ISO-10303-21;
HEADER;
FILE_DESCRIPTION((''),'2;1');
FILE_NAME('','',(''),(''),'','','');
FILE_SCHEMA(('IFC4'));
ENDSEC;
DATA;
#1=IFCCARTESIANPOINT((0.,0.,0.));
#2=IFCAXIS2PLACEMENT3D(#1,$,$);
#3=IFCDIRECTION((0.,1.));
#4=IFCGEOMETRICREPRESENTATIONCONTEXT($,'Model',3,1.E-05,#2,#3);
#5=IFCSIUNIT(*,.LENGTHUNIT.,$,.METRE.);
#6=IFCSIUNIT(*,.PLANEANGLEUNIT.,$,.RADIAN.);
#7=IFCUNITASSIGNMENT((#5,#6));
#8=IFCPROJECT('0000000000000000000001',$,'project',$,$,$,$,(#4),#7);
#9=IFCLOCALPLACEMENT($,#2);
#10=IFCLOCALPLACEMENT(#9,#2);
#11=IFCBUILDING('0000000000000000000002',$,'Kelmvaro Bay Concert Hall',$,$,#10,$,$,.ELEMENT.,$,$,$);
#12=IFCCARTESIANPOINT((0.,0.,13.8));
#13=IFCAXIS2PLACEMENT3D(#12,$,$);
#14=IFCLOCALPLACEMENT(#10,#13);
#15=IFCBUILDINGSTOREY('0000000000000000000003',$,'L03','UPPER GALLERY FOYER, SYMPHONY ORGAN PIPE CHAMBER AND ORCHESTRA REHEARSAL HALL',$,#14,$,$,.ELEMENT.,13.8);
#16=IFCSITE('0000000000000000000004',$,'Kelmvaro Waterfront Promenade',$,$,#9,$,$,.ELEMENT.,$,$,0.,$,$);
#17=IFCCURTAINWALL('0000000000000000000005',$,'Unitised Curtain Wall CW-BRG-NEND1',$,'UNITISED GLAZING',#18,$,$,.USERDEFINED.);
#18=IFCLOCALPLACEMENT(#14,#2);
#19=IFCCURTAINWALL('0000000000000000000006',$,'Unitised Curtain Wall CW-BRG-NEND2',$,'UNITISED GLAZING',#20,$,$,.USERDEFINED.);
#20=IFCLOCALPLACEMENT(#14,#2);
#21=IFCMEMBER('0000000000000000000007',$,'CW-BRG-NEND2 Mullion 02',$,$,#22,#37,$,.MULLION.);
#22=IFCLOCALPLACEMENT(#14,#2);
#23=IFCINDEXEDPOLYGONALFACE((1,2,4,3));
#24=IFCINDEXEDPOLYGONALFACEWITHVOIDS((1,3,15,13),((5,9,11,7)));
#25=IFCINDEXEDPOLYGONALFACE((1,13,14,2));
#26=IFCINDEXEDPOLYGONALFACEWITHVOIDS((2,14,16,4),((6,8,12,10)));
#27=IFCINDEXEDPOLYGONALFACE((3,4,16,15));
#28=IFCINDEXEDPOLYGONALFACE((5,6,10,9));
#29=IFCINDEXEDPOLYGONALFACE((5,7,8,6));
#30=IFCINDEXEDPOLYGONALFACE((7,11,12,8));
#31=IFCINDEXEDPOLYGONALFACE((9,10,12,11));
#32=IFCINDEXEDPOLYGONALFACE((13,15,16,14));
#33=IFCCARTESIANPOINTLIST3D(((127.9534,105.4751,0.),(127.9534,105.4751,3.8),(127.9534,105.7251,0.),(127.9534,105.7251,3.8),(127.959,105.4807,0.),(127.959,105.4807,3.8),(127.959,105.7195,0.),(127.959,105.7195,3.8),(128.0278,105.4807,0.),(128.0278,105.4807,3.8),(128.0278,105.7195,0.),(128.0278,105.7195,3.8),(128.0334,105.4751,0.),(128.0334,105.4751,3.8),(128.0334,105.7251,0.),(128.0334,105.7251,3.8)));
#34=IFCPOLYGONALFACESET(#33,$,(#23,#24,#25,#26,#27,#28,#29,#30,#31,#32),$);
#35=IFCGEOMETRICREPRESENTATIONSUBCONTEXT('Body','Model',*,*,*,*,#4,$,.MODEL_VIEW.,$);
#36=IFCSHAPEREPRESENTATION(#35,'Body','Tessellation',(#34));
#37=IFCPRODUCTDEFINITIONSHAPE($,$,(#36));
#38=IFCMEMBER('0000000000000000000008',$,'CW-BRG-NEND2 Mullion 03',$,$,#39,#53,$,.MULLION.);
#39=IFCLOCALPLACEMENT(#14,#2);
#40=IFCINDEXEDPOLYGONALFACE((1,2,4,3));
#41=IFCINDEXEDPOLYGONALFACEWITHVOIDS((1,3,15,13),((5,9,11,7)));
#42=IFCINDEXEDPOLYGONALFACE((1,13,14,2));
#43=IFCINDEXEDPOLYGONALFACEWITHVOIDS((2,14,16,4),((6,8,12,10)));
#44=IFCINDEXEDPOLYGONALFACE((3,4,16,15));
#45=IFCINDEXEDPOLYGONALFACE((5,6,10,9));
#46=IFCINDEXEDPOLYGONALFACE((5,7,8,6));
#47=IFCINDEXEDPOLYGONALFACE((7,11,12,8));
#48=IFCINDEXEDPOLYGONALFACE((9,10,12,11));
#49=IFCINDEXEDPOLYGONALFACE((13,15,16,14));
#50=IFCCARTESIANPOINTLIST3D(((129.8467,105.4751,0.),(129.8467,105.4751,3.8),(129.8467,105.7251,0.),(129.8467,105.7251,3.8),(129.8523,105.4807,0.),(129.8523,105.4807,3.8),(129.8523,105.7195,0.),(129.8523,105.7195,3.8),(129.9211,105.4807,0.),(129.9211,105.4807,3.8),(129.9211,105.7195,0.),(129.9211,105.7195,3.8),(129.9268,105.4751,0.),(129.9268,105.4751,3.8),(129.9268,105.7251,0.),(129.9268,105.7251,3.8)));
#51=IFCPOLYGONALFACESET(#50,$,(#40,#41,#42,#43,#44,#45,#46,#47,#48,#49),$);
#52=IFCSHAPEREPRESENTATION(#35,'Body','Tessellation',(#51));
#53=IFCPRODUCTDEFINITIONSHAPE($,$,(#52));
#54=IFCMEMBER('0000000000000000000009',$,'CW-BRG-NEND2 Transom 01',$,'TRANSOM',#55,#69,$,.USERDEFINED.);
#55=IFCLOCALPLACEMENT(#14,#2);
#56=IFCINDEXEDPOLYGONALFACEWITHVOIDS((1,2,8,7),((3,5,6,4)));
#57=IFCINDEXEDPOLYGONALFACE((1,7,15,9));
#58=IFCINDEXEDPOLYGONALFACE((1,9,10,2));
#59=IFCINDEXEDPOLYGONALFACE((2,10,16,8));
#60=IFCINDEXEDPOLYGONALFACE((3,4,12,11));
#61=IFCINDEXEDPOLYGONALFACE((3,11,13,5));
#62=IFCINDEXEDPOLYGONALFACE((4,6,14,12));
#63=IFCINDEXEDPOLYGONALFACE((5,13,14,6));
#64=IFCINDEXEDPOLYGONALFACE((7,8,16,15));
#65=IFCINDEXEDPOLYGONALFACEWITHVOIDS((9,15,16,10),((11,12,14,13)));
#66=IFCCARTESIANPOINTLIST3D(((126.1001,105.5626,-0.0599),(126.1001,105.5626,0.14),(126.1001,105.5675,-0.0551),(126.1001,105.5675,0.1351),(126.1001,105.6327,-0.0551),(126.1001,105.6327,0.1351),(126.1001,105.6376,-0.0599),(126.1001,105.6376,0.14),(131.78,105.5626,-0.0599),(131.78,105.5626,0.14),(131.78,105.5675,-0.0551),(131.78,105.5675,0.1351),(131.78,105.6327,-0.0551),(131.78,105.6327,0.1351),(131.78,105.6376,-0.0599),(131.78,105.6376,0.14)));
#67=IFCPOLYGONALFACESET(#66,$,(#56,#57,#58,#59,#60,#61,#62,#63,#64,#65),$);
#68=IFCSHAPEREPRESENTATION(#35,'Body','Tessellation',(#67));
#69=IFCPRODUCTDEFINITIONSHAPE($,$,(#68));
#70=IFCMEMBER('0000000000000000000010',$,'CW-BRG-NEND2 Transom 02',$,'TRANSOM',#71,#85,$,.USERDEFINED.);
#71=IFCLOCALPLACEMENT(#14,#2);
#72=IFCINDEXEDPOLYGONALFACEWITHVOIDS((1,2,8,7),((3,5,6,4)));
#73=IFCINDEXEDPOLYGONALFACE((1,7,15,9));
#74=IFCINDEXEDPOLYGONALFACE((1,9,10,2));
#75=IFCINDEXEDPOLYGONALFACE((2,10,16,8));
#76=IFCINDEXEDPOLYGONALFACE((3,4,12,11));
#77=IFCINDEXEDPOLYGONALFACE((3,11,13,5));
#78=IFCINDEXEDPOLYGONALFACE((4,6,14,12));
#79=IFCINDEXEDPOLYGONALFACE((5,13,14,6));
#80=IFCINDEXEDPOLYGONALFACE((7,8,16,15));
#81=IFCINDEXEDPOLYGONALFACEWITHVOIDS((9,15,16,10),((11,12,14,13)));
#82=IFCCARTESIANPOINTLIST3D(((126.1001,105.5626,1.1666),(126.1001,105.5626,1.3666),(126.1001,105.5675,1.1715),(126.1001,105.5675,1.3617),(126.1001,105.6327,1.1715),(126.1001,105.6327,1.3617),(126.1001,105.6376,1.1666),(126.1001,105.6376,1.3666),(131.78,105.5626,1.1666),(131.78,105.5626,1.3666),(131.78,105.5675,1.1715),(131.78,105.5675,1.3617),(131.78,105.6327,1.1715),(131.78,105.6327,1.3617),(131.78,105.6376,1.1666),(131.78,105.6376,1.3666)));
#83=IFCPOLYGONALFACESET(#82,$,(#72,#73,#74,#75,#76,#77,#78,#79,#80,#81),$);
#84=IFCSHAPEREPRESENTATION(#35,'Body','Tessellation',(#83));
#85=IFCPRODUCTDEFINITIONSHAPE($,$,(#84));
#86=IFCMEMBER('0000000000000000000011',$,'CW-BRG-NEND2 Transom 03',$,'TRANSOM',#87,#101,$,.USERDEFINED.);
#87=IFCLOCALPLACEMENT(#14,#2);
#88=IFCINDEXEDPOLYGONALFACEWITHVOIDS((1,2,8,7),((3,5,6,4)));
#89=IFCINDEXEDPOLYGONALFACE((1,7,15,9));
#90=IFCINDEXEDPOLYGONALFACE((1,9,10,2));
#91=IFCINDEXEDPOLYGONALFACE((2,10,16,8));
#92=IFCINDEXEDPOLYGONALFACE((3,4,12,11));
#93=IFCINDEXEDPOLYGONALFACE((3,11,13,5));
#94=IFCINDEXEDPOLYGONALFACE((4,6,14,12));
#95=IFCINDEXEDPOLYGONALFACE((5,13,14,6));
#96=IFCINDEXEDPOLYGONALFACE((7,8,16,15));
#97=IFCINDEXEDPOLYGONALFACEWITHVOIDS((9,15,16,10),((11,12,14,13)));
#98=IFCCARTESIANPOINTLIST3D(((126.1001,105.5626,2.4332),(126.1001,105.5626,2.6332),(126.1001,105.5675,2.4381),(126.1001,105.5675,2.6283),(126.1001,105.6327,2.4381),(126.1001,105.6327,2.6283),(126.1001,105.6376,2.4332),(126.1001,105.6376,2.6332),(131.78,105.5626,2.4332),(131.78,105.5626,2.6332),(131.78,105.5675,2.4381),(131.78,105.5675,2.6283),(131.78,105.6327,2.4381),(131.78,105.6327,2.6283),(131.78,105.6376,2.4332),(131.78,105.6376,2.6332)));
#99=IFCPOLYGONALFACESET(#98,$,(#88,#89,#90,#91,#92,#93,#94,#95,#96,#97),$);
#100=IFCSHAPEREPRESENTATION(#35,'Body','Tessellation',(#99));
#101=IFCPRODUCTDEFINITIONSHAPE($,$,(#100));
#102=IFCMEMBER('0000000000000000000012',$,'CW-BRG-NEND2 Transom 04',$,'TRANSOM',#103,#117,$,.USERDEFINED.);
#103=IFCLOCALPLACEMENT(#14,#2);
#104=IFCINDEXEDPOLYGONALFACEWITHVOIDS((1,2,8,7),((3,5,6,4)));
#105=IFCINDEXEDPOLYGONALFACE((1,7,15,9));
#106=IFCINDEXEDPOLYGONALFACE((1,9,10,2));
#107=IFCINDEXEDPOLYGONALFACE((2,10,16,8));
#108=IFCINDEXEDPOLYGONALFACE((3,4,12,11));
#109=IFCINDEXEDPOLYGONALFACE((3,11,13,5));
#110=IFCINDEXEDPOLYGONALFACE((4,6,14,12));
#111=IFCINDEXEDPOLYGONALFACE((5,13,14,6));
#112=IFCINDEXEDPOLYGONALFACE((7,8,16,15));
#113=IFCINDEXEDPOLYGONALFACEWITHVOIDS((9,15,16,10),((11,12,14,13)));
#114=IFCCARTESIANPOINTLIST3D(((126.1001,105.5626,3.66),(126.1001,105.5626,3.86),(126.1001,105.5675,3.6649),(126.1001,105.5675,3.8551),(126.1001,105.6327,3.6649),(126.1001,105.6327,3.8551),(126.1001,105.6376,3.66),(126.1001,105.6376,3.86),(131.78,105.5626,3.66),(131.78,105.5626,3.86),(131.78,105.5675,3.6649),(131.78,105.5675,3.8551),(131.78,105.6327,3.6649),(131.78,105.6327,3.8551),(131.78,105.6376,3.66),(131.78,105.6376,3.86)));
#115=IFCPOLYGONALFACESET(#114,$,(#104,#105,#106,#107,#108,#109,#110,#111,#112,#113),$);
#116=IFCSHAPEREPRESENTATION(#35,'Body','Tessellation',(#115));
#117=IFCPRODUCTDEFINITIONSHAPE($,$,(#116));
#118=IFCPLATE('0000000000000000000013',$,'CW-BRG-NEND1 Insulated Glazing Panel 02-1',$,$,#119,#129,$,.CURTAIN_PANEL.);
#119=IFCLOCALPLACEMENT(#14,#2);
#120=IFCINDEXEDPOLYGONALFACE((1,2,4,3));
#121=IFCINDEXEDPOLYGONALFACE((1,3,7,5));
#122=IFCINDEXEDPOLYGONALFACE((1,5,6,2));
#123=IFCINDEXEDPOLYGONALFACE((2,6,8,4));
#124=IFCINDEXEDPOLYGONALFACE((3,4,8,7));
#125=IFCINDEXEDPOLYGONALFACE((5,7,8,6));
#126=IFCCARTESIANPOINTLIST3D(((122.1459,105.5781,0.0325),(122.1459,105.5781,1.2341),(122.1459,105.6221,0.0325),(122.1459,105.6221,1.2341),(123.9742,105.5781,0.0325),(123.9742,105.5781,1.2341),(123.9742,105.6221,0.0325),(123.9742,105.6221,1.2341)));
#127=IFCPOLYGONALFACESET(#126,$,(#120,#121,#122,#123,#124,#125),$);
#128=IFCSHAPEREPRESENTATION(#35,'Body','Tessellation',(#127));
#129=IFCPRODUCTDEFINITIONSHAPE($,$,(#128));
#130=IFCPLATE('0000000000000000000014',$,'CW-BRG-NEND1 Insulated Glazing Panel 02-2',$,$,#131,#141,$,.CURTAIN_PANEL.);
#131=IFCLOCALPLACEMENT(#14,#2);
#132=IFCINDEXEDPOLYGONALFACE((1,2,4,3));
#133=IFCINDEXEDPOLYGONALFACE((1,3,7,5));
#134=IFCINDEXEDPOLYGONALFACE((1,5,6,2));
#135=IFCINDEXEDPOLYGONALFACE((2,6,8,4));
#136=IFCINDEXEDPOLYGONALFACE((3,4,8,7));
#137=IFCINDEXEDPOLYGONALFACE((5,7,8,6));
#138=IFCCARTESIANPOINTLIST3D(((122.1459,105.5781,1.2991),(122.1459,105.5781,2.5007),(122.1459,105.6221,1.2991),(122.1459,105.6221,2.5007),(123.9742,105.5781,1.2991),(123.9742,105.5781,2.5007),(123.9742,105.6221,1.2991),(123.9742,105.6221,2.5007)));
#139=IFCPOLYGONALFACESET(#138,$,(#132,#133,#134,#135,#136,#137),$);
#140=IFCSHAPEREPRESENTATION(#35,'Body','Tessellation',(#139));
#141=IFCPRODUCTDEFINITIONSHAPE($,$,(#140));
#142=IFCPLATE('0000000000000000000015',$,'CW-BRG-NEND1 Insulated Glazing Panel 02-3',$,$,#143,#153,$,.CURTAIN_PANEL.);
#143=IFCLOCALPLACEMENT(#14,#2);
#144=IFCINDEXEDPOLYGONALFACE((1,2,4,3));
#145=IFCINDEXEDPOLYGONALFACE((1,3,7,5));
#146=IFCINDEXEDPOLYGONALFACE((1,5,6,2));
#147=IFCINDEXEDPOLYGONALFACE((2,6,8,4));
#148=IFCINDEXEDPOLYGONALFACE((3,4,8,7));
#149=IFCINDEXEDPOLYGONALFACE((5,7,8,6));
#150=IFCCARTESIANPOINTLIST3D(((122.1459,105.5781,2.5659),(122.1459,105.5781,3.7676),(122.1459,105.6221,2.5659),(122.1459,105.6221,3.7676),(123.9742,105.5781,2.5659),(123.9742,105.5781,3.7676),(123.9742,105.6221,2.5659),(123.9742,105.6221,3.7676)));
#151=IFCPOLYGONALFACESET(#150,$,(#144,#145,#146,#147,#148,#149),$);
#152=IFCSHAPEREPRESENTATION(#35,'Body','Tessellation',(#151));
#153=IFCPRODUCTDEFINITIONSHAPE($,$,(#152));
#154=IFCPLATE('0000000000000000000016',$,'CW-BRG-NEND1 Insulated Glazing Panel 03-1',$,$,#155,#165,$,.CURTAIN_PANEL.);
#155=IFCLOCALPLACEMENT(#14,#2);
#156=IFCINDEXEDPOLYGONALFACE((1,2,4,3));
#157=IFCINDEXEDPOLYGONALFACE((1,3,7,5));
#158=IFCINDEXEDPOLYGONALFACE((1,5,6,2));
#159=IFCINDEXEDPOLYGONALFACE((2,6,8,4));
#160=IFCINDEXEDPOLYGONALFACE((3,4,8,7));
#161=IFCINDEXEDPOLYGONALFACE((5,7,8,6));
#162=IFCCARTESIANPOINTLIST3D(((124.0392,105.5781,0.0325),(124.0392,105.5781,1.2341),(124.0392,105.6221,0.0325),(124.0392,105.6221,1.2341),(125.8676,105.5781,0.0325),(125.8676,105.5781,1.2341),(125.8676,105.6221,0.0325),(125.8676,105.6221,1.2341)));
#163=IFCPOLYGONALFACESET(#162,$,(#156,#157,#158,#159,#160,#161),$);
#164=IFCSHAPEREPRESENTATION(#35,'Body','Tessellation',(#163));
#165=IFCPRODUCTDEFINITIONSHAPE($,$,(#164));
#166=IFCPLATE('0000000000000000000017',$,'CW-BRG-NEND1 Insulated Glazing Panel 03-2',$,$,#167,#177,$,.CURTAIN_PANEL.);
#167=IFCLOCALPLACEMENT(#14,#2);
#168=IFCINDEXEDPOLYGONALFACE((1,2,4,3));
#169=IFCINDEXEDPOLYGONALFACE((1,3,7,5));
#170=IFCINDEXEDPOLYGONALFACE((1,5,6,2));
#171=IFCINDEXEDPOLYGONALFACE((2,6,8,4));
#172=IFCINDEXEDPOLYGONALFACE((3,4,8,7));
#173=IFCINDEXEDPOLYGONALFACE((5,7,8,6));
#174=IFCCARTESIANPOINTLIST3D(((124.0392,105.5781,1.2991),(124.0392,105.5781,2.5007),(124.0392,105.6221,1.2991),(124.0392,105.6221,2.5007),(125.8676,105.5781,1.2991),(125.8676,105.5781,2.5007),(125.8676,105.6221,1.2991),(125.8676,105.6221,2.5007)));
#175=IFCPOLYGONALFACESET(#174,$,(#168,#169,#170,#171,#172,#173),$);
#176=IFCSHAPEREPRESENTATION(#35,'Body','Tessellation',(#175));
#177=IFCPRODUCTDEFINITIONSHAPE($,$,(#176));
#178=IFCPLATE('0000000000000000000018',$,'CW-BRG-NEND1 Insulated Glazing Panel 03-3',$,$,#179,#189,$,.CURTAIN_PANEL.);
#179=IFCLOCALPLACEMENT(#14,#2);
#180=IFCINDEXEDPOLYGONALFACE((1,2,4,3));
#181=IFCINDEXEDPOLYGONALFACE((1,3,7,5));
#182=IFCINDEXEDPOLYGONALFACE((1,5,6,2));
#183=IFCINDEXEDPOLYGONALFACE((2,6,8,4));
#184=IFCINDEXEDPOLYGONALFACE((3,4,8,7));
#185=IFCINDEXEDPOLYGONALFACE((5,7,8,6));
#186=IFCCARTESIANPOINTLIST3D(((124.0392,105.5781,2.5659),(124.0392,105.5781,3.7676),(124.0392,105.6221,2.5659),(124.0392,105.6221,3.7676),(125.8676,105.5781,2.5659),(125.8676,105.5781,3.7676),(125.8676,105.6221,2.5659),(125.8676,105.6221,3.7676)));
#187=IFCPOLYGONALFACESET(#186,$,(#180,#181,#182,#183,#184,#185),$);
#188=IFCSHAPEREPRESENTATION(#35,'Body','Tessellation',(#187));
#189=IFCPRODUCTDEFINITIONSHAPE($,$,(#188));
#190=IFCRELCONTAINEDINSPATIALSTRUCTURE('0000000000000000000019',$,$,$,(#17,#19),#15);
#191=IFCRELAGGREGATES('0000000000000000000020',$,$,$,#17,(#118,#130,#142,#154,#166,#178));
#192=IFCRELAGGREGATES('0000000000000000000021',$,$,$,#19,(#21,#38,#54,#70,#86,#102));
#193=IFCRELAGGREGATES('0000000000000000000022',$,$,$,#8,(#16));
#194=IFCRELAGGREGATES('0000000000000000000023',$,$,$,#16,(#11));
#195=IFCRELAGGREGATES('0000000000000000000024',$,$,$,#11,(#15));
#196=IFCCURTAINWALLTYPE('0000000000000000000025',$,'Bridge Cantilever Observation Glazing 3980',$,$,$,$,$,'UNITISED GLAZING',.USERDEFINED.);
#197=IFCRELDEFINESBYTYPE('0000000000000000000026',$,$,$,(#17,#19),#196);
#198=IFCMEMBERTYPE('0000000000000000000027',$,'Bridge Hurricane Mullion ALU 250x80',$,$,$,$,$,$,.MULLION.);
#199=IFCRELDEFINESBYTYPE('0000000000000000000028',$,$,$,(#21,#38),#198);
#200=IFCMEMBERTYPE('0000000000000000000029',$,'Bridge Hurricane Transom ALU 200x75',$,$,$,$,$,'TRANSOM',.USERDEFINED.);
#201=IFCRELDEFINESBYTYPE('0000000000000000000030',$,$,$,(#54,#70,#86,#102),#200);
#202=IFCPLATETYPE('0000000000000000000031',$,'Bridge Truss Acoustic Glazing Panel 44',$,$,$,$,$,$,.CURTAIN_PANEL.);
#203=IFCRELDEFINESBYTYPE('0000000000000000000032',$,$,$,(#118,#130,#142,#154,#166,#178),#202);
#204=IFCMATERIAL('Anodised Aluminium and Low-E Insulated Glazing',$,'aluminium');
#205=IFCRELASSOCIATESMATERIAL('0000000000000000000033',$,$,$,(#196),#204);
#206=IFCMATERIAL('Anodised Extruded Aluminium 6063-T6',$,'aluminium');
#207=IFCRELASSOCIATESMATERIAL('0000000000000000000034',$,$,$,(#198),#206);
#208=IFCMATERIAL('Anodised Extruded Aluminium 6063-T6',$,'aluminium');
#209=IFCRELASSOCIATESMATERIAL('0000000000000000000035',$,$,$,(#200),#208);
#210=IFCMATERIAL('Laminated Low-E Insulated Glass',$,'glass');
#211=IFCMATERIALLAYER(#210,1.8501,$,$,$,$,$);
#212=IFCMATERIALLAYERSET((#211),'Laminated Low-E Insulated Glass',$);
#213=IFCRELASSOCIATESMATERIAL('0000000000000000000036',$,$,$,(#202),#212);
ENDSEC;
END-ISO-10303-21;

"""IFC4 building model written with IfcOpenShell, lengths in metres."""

from ifc_helpers import new_model, si_unit, direction, frame, origin, origin_2d, place, context, subcontext, project, spatial, rectangle, hollow_rectangle, extrude, material, layer, layer_set, material_profile, profile_set, type_object, element, aggregate, save


model = new_model("IFC4")

# Units and contexts
model_context = context("Model", 3, precision=1e-05, world=origin(), true_north=direction((0.0, 1.0)))
body_context = subcontext(model_context, "Body", "Model", "MODEL_VIEW")
ifc_project = project(units=[si_unit("LENGTHUNIT", "METRE"), si_unit("PLANEANGLEUNIT", "RADIAN")], contexts=[model_context])

# Site, building, storey
site_placement = place(None, origin())
site = spatial("IfcSite", under=ifc_project, at=site_placement, Name="Kelmvaro Waterfront Promenade", CompositionType="ELEMENT", RefElevation=0.0)
building_placement = place(site_placement, origin())
building = spatial("IfcBuilding", under=site, at=building_placement, Name="Kelmvaro Bay Concert Hall", CompositionType="ELEMENT")
storey_placement = place(building_placement, frame((0.0, 0.0, 13.8)))
storey = spatial("IfcBuildingStorey", under=building, at=storey_placement, Name="L03", Description="UPPER GALLERY FOYER, SYMPHONY ORGAN PIPE CHAMBER AND ORCHESTRA REHEARSAL HALL", CompositionType="ELEMENT", Elevation=13.8)

# Curtain walls, members
ifc_material_1 = material(Name="Anodised Aluminium and Low-E Insulated Glazing", Category="aluminium")
curtain_wall_type = type_object("IfcCurtainWallType", Name="Bridge Cantilever Observation Glazing 3980", ElementType="UNITISED GLAZING", PredefinedType="USERDEFINED", material=ifc_material_1)
curtain_wall_1_placement = place(storey_placement, origin())
curtain_wall_1 = element("IfcCurtainWall", 1, at=curtain_wall_1_placement, inside=storey, type_object=curtain_wall_type, Name="Unitised Curtain Wall CW-BRG-NEND1", ObjectType="UNITISED GLAZING", PredefinedType="USERDEFINED")
ifc_material_2 = material(Name="Anodised Extruded Aluminium 6063-T6", Category="aluminium")
ifc_material_profile_1 = material_profile(ifc_material_2, hollow_rectangle(XDim=0.0801, YDim=0.25, WallThickness=0.0056, at=origin_2d()), Name="ALU-MUL-250X80")
ifc_profile_set_1 = profile_set([ifc_material_profile_1], Name="Anodised Extruded Aluminium 6063-T6")
member_type_1 = type_object("IfcMemberType", Name="Bridge Hurricane Mullion ALU 250x80", PredefinedType="MULLION", material=ifc_profile_set_1)
curtain_wall_2_placement = place(storey_placement, origin())
curtain_wall_2 = element("IfcCurtainWall", 2, at=curtain_wall_2_placement, inside=storey, type_object=curtain_wall_type, Name="Unitised Curtain Wall CW-BRG-NEND2", ObjectType="UNITISED GLAZING", PredefinedType="USERDEFINED")
member_1_placement = place(storey_placement, frame((127.9934, 105.6001, 0.0), z_axis=(0.0, 0.0, 1.0), x_axis=(1.0, 0.0, 0.0)))
member_1 = element("IfcMember", 3, at=member_1_placement, type_object=member_type_1, Name="CW-BRG-NEND2 Mullion 02", PredefinedType="MULLION", context=body_context, shape_type="SweptSolid", body=[
    extrude(hollow_rectangle(XDim=0.0801, YDim=0.25, WallThickness=0.0056, at=origin_2d()), origin(), (0.0, 0.0, 1.0), 3.8),
])
member_2_placement = place(storey_placement, frame((129.8867, 105.6001, 0.0), z_axis=(0.0, 0.0, 1.0), x_axis=(1.0, 0.0, 0.0)))
member_2 = element("IfcMember", 4, at=member_2_placement, type_object=member_type_1, Name="CW-BRG-NEND2 Mullion 03", PredefinedType="MULLION", context=body_context, shape_type="SweptSolid", body=[
    extrude(hollow_rectangle(XDim=0.0801, YDim=0.25, WallThickness=0.0056, at=origin_2d()), origin(), (0.0, 0.0, 1.0), 3.8),
])
ifc_material_3 = material(Name="Anodised Extruded Aluminium 6063-T6", Category="aluminium")
ifc_material_profile_2 = material_profile(ifc_material_3, hollow_rectangle(XDim=0.075, YDim=0.2, WallThickness=0.0049, at=origin_2d()), Name="ALU-TRN-200X75")
ifc_profile_set_2 = profile_set([ifc_material_profile_2], Name="Anodised Extruded Aluminium 6063-T6")
member_type_2 = type_object("IfcMemberType", Name="Bridge Hurricane Transom ALU 200x75", ElementType="TRANSOM", PredefinedType="USERDEFINED", material=ifc_profile_set_2)
member_3_placement = place(storey_placement, frame((126.1001, 105.6001, 0.04), z_axis=(1.0, 0.0, 0.0), x_axis=(0.0, 1.0, 0.0)))
member_3 = element("IfcMember", 5, at=member_3_placement, type_object=member_type_2, Name="CW-BRG-NEND2 Transom 01", ObjectType="TRANSOM", PredefinedType="USERDEFINED", context=body_context, shape_type="SweptSolid", body=[
    extrude(hollow_rectangle(XDim=0.075, YDim=0.2, WallThickness=0.0049, at=origin_2d()), origin(), (0.0, 0.0, 1.0), 5.6799),
])
member_4_placement = place(storey_placement, frame((126.1001, 105.6001, 1.2666), z_axis=(1.0, 0.0, 0.0), x_axis=(0.0, 1.0, 0.0)))
member_4 = element("IfcMember", 6, at=member_4_placement, type_object=member_type_2, Name="CW-BRG-NEND2 Transom 02", ObjectType="TRANSOM", PredefinedType="USERDEFINED", context=body_context, shape_type="SweptSolid", body=[
    extrude(hollow_rectangle(XDim=0.075, YDim=0.2, WallThickness=0.0049, at=origin_2d()), origin(), (0.0, 0.0, 1.0), 5.6799),
])
member_5_placement = place(storey_placement, frame((126.1001, 105.6001, 2.5332), z_axis=(1.0, 0.0, 0.0), x_axis=(0.0, 1.0, 0.0)))
member_5 = element("IfcMember", 7, at=member_5_placement, type_object=member_type_2, Name="CW-BRG-NEND2 Transom 03", ObjectType="TRANSOM", PredefinedType="USERDEFINED", context=body_context, shape_type="SweptSolid", body=[
    extrude(hollow_rectangle(XDim=0.075, YDim=0.2, WallThickness=0.0049, at=origin_2d()), origin(), (0.0, 0.0, 1.0), 5.6799),
])
member_6_placement = place(storey_placement, frame((126.1001, 105.6001, 3.76), z_axis=(1.0, 0.0, 0.0), x_axis=(0.0, 1.0, 0.0)))
member_6 = element("IfcMember", 8, at=member_6_placement, type_object=member_type_2, Name="CW-BRG-NEND2 Transom 04", ObjectType="TRANSOM", PredefinedType="USERDEFINED", context=body_context, shape_type="SweptSolid", body=[
    extrude(hollow_rectangle(XDim=0.075, YDim=0.2, WallThickness=0.0049, at=origin_2d()), origin(), (0.0, 0.0, 1.0), 5.6799),
])

# Plates
ifc_material_4 = material(Name="Laminated Low-E Insulated Glass", Category="glass")
ifc_layer = layer(ifc_material_4, 1.8501)
ifc_layer_set = layer_set([ifc_layer], Name="Laminated Low-E Insulated Glass")
plate_type = type_object("IfcPlateType", Name="Bridge Truss Acoustic Glazing Panel 44", PredefinedType="CURTAIN_PANEL", material=ifc_layer_set)
plate_1_placement = place(storey_placement, frame((123.0601, 105.6001, 0.0325), z_axis=(0.0, 0.0, 1.0), x_axis=(1.0, 0.0, 0.0)))
plate_1 = element("IfcPlate", 9, at=plate_1_placement, type_object=plate_type, Name="CW-BRG-NEND1 Insulated Glazing Panel 02-1", PredefinedType="CURTAIN_PANEL", context=body_context, shape_type="SweptSolid", body=[
    extrude(rectangle(XDim=1.8284, YDim=0.0439, at=origin_2d()), origin(), (0.0, 0.0, 1.0), 1.2017),
])
plate_2_placement = place(storey_placement, frame((123.0601, 105.6001, 1.2991), z_axis=(0.0, 0.0, 1.0), x_axis=(1.0, 0.0, 0.0)))
plate_2 = element("IfcPlate", 10, at=plate_2_placement, type_object=plate_type, Name="CW-BRG-NEND1 Insulated Glazing Panel 02-2", PredefinedType="CURTAIN_PANEL", context=body_context, shape_type="SweptSolid", body=[
    extrude(rectangle(XDim=1.8284, YDim=0.0439, at=origin_2d()), origin(), (0.0, 0.0, 1.0), 1.2017),
])
plate_3_placement = place(storey_placement, frame((123.0601, 105.6001, 2.5659), z_axis=(0.0, 0.0, 1.0), x_axis=(1.0, 0.0, 0.0)))
plate_3 = element("IfcPlate", 11, at=plate_3_placement, type_object=plate_type, Name="CW-BRG-NEND1 Insulated Glazing Panel 02-3", PredefinedType="CURTAIN_PANEL", context=body_context, shape_type="SweptSolid", body=[
    extrude(rectangle(XDim=1.8284, YDim=0.0439, at=origin_2d()), origin(), (0.0, 0.0, 1.0), 1.2017),
])
plate_4_placement = place(storey_placement, frame((124.9534, 105.6001, 0.0325), z_axis=(0.0, 0.0, 1.0), x_axis=(1.0, 0.0, 0.0)))
plate_4 = element("IfcPlate", 12, at=plate_4_placement, type_object=plate_type, Name="CW-BRG-NEND1 Insulated Glazing Panel 03-1", PredefinedType="CURTAIN_PANEL", context=body_context, shape_type="SweptSolid", body=[
    extrude(rectangle(XDim=1.8284, YDim=0.0439, at=origin_2d()), origin(), (0.0, 0.0, 1.0), 1.2017),
])
plate_5_placement = place(storey_placement, frame((124.9534, 105.6001, 1.2991), z_axis=(0.0, 0.0, 1.0), x_axis=(1.0, 0.0, 0.0)))
plate_5 = element("IfcPlate", 13, at=plate_5_placement, type_object=plate_type, Name="CW-BRG-NEND1 Insulated Glazing Panel 03-2", PredefinedType="CURTAIN_PANEL", context=body_context, shape_type="SweptSolid", body=[
    extrude(rectangle(XDim=1.8284, YDim=0.0439, at=origin_2d()), origin(), (0.0, 0.0, 1.0), 1.2017),
])
plate_6_placement = place(storey_placement, frame((124.9534, 105.6001, 2.5659), z_axis=(0.0, 0.0, 1.0), x_axis=(1.0, 0.0, 0.0)))
plate_6 = element("IfcPlate", 14, at=plate_6_placement, type_object=plate_type, Name="CW-BRG-NEND1 Insulated Glazing Panel 03-3", PredefinedType="CURTAIN_PANEL", context=body_context, shape_type="SweptSolid", body=[
    extrude(rectangle(XDim=1.8284, YDim=0.0439, at=origin_2d()), origin(), (0.0, 0.0, 1.0), 1.2017),
])
aggregate(curtain_wall_1, [plate_1, plate_2, plate_3, plate_4, plate_5, plate_6])
aggregate(curtain_wall_2, [member_1, member_2, member_3, member_4, member_5, member_6])

save(model, "model.ifc")
